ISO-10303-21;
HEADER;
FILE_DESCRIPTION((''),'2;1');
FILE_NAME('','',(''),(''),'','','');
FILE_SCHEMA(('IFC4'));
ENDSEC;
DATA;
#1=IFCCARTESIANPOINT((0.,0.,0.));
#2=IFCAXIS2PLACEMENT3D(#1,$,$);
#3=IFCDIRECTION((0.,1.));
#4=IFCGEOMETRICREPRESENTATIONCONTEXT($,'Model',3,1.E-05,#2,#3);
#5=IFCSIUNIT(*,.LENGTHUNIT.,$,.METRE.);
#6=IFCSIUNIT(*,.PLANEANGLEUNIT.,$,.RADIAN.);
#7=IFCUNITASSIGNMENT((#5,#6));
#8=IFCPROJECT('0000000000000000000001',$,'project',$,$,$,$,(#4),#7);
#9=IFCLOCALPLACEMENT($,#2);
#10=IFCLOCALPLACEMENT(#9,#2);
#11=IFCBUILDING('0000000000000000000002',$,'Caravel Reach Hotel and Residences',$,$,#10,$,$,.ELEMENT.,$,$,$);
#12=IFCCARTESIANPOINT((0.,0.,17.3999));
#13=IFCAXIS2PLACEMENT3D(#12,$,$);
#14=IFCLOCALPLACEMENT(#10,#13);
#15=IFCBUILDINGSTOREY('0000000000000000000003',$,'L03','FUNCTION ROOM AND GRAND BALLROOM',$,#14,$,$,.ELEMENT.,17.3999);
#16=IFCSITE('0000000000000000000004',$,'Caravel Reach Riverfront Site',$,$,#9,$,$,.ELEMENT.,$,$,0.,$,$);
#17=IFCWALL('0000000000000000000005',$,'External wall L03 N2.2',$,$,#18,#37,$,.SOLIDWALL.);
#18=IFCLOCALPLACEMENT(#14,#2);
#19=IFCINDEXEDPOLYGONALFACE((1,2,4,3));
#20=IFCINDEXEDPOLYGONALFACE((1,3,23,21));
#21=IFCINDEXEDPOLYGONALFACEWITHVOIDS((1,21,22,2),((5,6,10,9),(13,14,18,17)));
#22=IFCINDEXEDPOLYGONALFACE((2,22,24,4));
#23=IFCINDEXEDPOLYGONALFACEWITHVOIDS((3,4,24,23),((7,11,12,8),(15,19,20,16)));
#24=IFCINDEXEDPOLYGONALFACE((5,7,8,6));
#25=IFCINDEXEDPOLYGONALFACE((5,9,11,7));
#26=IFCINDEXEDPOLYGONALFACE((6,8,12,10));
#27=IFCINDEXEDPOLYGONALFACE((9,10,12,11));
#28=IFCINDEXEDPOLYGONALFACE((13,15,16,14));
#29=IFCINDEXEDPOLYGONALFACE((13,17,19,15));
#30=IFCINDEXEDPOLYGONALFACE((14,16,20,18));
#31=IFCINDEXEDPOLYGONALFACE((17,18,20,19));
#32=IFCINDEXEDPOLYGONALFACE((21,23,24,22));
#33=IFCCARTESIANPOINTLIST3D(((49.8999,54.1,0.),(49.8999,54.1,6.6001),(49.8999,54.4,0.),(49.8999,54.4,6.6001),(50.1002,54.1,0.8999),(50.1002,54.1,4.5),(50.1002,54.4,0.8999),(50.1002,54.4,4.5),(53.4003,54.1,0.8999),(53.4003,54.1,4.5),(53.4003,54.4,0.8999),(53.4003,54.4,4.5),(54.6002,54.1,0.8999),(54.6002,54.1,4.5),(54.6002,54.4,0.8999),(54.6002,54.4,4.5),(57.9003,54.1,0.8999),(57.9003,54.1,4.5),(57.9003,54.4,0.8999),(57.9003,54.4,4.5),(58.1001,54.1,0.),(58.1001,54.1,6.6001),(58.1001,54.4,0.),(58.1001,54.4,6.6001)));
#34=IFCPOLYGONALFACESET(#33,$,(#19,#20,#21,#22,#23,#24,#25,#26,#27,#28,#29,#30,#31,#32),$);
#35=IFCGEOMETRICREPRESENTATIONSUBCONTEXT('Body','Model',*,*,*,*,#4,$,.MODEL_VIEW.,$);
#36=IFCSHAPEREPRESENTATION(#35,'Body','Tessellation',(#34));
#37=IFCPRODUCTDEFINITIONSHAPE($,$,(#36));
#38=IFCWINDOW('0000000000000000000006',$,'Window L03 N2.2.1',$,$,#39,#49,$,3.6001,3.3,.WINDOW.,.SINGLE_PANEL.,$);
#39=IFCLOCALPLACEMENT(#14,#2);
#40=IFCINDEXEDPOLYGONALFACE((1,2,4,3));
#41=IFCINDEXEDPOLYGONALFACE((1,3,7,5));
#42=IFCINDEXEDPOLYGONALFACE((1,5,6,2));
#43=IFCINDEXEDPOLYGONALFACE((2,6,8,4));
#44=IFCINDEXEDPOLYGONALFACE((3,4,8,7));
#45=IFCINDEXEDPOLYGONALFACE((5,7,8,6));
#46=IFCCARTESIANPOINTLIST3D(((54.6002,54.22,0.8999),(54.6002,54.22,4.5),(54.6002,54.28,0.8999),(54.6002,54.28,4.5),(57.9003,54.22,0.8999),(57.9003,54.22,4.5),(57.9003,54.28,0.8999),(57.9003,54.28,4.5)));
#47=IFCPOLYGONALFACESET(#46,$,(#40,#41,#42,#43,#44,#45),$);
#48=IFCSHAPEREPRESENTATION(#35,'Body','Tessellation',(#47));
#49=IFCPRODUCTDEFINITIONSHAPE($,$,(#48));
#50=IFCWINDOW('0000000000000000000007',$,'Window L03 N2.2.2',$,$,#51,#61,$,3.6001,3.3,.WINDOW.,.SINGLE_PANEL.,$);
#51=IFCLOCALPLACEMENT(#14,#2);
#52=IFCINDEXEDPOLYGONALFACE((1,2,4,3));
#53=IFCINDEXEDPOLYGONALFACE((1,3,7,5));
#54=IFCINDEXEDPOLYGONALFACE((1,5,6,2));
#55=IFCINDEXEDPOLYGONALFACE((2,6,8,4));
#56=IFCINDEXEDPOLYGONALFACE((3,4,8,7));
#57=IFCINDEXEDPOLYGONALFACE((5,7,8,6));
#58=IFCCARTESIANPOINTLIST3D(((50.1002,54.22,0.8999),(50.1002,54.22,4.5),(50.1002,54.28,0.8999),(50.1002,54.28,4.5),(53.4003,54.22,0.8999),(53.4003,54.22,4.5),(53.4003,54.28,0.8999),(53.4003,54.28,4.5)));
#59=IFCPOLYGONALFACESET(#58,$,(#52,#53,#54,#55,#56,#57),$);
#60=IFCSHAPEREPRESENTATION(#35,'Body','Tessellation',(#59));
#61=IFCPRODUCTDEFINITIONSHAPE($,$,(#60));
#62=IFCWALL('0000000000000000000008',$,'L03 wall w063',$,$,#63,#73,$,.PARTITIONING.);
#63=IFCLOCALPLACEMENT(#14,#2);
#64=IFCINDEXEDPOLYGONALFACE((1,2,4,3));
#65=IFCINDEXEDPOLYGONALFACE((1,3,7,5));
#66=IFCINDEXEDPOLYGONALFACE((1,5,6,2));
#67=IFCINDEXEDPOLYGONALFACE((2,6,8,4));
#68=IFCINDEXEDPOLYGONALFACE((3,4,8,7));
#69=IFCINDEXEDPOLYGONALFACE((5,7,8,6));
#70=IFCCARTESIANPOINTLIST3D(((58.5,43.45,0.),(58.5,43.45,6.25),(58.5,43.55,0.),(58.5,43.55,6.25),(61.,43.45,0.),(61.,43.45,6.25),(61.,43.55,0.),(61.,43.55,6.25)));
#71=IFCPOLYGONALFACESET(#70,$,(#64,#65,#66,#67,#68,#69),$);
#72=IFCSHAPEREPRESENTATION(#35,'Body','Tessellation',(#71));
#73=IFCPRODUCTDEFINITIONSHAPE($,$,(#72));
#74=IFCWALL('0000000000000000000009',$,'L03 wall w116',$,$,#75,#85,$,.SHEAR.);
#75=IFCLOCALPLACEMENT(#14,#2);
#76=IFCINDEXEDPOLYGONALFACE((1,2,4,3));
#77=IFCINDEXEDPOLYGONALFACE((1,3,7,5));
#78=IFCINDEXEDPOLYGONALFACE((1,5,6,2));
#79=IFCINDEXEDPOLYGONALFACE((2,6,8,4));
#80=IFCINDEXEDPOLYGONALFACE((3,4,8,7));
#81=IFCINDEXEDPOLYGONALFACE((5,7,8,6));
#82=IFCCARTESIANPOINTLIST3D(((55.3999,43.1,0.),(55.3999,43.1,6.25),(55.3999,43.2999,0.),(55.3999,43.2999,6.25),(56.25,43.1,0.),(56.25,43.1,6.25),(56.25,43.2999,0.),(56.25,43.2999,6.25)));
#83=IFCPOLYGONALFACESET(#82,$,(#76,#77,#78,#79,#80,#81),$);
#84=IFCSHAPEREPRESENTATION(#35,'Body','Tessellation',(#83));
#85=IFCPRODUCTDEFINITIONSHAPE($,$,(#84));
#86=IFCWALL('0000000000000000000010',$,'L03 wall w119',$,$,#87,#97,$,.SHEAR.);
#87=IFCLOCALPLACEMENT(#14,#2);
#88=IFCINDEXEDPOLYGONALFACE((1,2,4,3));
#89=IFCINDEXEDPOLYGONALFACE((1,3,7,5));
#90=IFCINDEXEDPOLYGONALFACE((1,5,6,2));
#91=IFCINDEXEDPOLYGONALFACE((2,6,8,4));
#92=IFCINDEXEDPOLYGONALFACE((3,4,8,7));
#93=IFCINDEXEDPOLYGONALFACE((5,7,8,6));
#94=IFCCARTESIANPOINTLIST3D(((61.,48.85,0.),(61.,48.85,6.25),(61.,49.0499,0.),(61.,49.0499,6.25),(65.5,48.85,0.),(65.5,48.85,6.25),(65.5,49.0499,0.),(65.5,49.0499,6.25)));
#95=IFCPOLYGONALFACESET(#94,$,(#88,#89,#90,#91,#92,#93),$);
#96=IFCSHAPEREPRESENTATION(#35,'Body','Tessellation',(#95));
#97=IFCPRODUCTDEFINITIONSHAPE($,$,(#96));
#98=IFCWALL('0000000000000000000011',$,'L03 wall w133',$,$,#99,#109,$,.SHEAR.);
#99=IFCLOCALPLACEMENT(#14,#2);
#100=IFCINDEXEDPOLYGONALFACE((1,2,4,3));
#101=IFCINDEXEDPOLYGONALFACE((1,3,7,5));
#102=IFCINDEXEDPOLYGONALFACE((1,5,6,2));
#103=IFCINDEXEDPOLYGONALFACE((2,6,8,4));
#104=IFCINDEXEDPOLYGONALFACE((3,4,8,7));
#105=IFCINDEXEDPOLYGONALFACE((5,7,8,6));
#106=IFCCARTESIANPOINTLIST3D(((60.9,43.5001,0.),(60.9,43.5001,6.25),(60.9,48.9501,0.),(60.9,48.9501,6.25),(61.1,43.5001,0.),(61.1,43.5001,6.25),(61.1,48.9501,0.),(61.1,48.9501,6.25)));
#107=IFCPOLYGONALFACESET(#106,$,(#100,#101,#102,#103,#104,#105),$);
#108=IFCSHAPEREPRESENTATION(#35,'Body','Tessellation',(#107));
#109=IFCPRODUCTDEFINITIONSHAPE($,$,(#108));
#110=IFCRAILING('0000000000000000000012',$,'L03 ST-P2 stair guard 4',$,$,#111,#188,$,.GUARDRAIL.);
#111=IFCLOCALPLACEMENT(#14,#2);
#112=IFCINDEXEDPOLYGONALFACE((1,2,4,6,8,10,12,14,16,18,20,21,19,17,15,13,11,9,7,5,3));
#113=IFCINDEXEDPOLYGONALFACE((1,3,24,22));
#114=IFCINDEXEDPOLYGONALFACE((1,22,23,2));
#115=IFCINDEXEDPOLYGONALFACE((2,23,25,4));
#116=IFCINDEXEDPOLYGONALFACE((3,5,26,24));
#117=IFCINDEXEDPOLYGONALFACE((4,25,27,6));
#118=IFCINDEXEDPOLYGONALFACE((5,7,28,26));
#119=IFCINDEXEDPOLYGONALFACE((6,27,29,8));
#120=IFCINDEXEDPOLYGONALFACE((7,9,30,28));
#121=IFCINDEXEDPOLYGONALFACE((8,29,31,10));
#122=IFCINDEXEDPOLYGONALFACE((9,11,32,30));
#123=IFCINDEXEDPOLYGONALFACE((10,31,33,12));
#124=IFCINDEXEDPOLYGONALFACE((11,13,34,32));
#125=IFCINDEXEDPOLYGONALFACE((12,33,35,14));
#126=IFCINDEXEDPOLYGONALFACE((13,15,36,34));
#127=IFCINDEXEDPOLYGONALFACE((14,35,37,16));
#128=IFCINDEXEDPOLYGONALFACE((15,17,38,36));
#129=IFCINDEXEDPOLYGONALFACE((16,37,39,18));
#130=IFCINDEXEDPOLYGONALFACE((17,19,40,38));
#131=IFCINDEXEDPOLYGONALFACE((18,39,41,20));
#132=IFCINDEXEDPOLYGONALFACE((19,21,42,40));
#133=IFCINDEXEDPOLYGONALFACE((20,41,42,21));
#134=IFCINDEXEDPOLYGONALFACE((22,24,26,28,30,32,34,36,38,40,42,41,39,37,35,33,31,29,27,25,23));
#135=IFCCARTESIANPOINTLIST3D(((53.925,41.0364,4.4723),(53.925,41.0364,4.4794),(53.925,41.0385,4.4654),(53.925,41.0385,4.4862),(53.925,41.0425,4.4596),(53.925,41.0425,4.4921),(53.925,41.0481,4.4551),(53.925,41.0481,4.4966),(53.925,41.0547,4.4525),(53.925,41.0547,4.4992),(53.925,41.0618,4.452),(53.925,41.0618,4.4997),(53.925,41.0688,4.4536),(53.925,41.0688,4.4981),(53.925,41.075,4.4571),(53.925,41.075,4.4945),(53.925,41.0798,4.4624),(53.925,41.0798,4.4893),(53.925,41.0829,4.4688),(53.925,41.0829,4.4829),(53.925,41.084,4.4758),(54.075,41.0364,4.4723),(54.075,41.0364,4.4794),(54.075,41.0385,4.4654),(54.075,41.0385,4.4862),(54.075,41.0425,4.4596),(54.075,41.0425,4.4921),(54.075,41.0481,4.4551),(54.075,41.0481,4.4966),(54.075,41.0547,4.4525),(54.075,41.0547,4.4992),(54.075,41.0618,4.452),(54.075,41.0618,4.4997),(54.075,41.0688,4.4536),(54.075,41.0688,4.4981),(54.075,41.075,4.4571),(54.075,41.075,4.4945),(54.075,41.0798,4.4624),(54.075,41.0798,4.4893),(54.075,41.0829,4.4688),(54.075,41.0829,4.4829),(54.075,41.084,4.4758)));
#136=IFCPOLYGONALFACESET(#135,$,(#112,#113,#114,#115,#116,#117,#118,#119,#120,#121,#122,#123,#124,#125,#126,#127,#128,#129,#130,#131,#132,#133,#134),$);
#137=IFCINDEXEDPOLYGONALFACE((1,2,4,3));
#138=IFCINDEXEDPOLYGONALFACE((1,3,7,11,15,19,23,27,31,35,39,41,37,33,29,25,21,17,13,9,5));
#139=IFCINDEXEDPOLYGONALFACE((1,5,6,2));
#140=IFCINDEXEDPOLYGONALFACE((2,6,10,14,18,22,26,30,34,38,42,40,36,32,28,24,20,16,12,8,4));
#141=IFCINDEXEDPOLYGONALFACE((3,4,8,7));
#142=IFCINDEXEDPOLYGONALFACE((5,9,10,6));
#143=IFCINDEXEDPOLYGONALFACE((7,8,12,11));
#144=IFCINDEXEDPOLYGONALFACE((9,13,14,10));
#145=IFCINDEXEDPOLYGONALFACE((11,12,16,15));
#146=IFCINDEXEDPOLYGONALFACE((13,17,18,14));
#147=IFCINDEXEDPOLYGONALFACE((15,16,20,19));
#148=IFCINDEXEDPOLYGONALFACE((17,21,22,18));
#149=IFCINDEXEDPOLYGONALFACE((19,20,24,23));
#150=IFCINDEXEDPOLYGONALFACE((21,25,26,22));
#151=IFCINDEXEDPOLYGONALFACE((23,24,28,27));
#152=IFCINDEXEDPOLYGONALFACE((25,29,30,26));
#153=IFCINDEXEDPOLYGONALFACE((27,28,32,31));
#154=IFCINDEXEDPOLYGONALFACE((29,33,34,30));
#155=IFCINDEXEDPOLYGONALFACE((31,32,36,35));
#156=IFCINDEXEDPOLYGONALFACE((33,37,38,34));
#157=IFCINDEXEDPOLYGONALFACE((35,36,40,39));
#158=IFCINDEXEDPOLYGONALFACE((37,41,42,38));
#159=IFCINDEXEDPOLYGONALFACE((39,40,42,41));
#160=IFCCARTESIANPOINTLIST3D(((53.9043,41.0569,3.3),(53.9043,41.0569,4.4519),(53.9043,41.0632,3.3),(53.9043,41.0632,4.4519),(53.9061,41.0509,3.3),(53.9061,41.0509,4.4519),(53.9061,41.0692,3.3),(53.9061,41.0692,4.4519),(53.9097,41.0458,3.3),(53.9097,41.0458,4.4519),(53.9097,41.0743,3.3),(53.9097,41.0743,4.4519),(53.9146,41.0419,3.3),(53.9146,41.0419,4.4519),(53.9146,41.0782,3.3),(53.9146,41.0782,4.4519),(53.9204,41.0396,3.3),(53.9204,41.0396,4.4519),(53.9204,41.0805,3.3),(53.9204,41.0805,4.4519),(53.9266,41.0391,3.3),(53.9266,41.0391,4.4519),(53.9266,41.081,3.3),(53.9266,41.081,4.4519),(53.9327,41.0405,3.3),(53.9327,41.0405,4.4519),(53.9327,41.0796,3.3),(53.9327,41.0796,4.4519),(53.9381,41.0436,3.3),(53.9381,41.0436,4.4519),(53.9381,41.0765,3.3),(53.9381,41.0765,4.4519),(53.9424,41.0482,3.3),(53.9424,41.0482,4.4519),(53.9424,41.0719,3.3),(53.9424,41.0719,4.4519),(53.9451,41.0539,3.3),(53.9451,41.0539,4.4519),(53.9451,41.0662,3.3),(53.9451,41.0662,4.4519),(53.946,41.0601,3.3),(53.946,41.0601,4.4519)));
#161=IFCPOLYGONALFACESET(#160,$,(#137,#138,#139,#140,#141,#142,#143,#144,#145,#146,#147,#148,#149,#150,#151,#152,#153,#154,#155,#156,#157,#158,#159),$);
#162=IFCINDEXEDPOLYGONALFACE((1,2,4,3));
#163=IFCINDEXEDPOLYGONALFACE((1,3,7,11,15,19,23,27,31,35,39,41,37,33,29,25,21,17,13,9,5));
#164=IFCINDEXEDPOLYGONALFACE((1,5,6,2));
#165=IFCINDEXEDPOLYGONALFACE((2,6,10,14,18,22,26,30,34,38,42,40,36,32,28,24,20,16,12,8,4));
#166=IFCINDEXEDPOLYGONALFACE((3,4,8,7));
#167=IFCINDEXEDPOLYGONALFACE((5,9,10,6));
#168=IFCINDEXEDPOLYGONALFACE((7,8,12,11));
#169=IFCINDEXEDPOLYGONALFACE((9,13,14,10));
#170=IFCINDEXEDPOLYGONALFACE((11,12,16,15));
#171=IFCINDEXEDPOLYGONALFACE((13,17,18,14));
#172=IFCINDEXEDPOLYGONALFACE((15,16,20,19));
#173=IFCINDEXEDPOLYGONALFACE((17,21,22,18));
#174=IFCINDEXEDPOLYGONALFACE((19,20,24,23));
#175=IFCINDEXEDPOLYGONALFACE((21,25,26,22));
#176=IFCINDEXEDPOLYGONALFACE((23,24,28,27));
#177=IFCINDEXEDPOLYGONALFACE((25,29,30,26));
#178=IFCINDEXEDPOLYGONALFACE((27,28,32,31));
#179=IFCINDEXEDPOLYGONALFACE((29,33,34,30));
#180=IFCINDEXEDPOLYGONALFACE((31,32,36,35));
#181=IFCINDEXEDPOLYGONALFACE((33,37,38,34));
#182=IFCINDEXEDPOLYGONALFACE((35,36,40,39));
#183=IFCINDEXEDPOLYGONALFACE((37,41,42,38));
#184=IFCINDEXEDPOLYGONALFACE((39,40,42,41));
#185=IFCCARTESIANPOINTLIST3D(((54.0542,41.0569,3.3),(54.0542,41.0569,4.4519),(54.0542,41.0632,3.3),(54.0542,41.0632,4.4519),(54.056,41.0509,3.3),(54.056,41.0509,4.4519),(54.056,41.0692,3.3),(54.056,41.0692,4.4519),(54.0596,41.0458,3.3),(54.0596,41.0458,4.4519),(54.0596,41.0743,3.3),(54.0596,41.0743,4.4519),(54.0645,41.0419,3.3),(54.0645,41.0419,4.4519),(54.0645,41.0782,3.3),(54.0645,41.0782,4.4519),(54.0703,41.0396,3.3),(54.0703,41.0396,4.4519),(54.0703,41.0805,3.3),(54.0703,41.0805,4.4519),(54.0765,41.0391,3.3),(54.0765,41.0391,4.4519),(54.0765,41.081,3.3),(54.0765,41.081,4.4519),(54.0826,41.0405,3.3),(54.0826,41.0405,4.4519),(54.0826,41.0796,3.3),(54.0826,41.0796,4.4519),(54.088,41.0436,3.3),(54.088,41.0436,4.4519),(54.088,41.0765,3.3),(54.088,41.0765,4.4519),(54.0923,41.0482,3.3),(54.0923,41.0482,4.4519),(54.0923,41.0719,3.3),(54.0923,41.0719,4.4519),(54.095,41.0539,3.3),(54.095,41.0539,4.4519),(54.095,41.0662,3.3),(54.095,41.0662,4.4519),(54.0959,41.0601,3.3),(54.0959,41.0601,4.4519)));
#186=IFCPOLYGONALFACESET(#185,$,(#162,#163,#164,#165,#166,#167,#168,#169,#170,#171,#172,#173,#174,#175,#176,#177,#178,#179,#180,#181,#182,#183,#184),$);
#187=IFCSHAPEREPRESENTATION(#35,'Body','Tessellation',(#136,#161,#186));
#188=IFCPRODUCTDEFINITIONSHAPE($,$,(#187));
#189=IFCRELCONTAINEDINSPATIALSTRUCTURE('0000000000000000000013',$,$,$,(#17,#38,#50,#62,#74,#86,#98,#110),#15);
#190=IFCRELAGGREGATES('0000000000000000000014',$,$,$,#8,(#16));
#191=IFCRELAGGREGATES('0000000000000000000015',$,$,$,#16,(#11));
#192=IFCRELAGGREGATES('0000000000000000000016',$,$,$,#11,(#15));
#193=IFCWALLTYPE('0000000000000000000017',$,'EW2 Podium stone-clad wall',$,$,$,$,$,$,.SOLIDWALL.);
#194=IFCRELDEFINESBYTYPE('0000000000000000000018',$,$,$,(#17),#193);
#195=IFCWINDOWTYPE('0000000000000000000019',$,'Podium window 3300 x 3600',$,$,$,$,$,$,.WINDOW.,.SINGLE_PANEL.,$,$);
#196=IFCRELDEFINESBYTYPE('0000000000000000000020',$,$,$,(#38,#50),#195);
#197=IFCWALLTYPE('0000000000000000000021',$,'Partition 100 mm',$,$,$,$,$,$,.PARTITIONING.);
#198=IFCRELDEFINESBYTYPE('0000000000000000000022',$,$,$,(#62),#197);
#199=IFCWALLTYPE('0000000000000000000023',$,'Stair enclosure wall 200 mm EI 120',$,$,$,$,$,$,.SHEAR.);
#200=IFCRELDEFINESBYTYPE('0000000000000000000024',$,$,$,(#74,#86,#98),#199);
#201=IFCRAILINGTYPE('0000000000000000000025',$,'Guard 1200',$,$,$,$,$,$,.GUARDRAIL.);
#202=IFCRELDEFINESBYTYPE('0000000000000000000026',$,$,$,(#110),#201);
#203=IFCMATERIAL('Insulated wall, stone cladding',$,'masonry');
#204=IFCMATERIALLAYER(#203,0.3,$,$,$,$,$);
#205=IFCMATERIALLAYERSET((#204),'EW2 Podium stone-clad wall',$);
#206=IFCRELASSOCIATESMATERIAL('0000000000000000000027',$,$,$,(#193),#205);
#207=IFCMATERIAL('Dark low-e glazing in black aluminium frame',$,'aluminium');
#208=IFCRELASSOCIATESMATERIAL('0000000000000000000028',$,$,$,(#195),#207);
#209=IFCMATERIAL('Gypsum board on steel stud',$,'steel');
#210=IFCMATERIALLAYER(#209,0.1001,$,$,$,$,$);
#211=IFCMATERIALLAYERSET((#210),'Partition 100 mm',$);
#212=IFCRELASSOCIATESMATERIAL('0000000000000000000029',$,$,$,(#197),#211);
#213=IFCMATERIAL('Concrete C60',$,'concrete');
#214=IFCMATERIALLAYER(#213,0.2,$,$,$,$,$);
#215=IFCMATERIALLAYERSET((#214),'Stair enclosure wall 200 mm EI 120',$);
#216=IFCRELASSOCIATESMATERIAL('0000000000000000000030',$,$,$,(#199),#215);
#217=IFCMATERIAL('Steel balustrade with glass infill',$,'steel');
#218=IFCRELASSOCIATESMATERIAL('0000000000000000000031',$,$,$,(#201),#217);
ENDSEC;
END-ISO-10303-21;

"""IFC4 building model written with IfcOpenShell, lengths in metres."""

from ifc_helpers import new_model, si_unit, direction, frame, frame_2d, origin, origin_2d, place, context, subcontext, project, spatial, rectangle, circle, extrude, material, layer, layer_set, type_object, element, fill, save


model = new_model("IFC4")

# Units and contexts
model_context = context("Model", 3, precision=1e-05, world=origin(), true_north=direction((0.0, 1.0)))
body_context = subcontext(model_context, "Body", "Model", "MODEL_VIEW")
ifc_project = project(units=[si_unit("LENGTHUNIT", "METRE"), si_unit("PLANEANGLEUNIT", "RADIAN")], contexts=[model_context])

# Site, building, storey
site_placement = place(None, origin())
site = spatial("IfcSite", under=ifc_project, at=site_placement, Name="Caravel Reach Riverfront Site", CompositionType="ELEMENT", RefElevation=0.0)
building_placement = place(site_placement, origin())
building = spatial("IfcBuilding", under=site, at=building_placement, Name="Caravel Reach Hotel and Residences", CompositionType="ELEMENT")
storey_placement = place(building_placement, frame((0.0, 0.0, 17.3999)))
storey = spatial("IfcBuildingStorey", under=building, at=storey_placement, Name="L03", Description="FUNCTION ROOM AND GRAND BALLROOM", CompositionType="ELEMENT", Elevation=17.3999)

# Wall, openings, windows
ifc_material_1 = material(Name="Insulated wall, stone cladding", Category="masonry")
ifc_layer_1 = layer(ifc_material_1, 0.3)
ifc_layer_set_1 = layer_set([ifc_layer_1], Name="EW2 Podium stone-clad wall")
wall_type_1 = type_object("IfcWallType", Name="EW2 Podium stone-clad wall", PredefinedType="SOLIDWALL", material=ifc_layer_set_1)
wall_1_placement = place(storey_placement, frame((58.1001, 54.25, 0.0), z_axis=(0.0, 0.0, 1.0), x_axis=(-1.0, 0.0, 0.0)))
wall_1 = element("IfcWall", 1, at=wall_1_placement, inside=storey, type_object=wall_type_1, Name="External wall L03 N2.2", PredefinedType="SOLIDWALL", context=body_context, shape_type="SweptSolid", body=[
    extrude(rectangle(XDim=8.2002, YDim=0.3, at=frame_2d((4.1001, 0.0))), origin(), (0.0, 0.0, 1.0), 6.6001),
])
opening_1_placement = place(wall_1_placement, frame((0.2, 0.0, 0.8999)))
opening_1 = element("IfcOpeningElement", 2, at=opening_1_placement, cuts=wall_1, PredefinedType="OPENING", context=body_context, shape_type="SweptSolid", body=[
    extrude(rectangle(XDim=3.3, YDim=3.6001, at=frame_2d((1.6499, 1.8))), frame((0.0, 0.1599, 0.0), z_axis=(0.0, -1.0, 0.0), x_axis=(1.0, 0.0, 0.0)), (0.0, 0.0, 1.0), 0.3201),
])
opening_2_placement = place(wall_1_placement, frame((4.7, 0.0, 0.8999)))
opening_2 = element("IfcOpeningElement", 3, at=opening_2_placement, cuts=wall_1, PredefinedType="OPENING", context=body_context, shape_type="SweptSolid", body=[
    extrude(rectangle(XDim=3.3, YDim=3.6001, at=frame_2d((1.6499, 1.8))), frame((0.0, 0.1599, 0.0), z_axis=(0.0, -1.0, 0.0), x_axis=(1.0, 0.0, 0.0)), (0.0, 0.0, 1.0), 0.3201),
])
ifc_material_2 = material(Name="Dark low-e glazing in black aluminium frame", Category="aluminium")
window_type = type_object("IfcWindowType", Name="Podium window 3300 x 3600", PartitioningType="SINGLE_PANEL", PredefinedType="WINDOW", material=ifc_material_2)
window_1_placement = place(opening_1_placement, origin())
window_1 = element("IfcWindow", 4, at=window_1_placement, inside=storey, type_object=window_type, Name="Window L03 N2.2.1", OverallHeight=3.6001, OverallWidth=3.3, PartitioningType="SINGLE_PANEL", PredefinedType="WINDOW", context=body_context, shape_type="SweptSolid", body=[
    extrude(rectangle(XDim=3.3, YDim=3.6001, at=frame_2d((1.6499, 1.8))), frame((0.0, 0.03, 0.0), z_axis=(0.0, -1.0, 0.0), x_axis=(1.0, 0.0, 0.0)), (0.0, 0.0, 1.0), 0.0601),
])
fill(opening_1, window_1)
window_2_placement = place(opening_2_placement, origin())
window_2 = element("IfcWindow", 5, at=window_2_placement, inside=storey, type_object=window_type, Name="Window L03 N2.2.2", OverallHeight=3.6001, OverallWidth=3.3, PartitioningType="SINGLE_PANEL", PredefinedType="WINDOW", context=body_context, shape_type="SweptSolid", body=[
    extrude(rectangle(XDim=3.3, YDim=3.6001, at=frame_2d((1.6499, 1.8))), frame((0.0, 0.03, 0.0), z_axis=(0.0, -1.0, 0.0), x_axis=(1.0, 0.0, 0.0)), (0.0, 0.0, 1.0), 0.0601),
])
fill(opening_2, window_2)

# Walls
ifc_material_3 = material(Name="Gypsum board on steel stud", Category="steel")
ifc_layer_2 = layer(ifc_material_3, 0.1001)
ifc_layer_set_2 = layer_set([ifc_layer_2], Name="Partition 100 mm")
wall_type_2 = type_object("IfcWallType", Name="Partition 100 mm", PredefinedType="PARTITIONING", material=ifc_layer_set_2)
wall_2_placement = place(storey_placement, frame((58.5, 43.5, 0.0), z_axis=(0.0, 0.0, 1.0), x_axis=(1.0, 0.0, 0.0)))
element("IfcWall", 6, at=wall_2_placement, inside=storey, type_object=wall_type_2, Name="L03 wall w063", PredefinedType="PARTITIONING", context=body_context, shape_type="SweptSolid", body=[
    extrude(rectangle(XDim=2.5, YDim=0.1001, at=frame_2d((1.25, 0.0))), origin(), (0.0, 0.0, 1.0), 6.25),
])
ifc_material_4 = material(Name="Concrete C60", Category="concrete")
ifc_layer_3 = layer(ifc_material_4, 0.2)
ifc_layer_set_3 = layer_set([ifc_layer_3], Name="Stair enclosure wall 200 mm EI 120")
wall_type_3 = type_object("IfcWallType", Name="Stair enclosure wall 200 mm EI 120", PredefinedType="SHEAR", material=ifc_layer_set_3)
wall_3_placement = place(storey_placement, frame((55.3999, 43.2, 0.0), z_axis=(0.0, 0.0, 1.0), x_axis=(1.0, 0.0, 0.0)))
element("IfcWall", 7, at=wall_3_placement, inside=storey, type_object=wall_type_3, Name="L03 wall w116", PredefinedType="SHEAR", context=body_context, shape_type="SweptSolid", body=[
    extrude(rectangle(XDim=0.8501, YDim=0.2, at=frame_2d((0.425, 0.0))), origin(), (0.0, 0.0, 1.0), 6.25),
])
wall_4_placement = place(storey_placement, frame((61.0, 48.95, 0.0), z_axis=(0.0, 0.0, 1.0), x_axis=(1.0, 0.0, 0.0)))
element("IfcWall", 8, at=wall_4_placement, inside=storey, type_object=wall_type_3, Name="L03 wall w119", PredefinedType="SHEAR", context=body_context, shape_type="SweptSolid", body=[
    extrude(rectangle(XDim=4.5, YDim=0.2, at=frame_2d((2.25, 0.0))), origin(), (0.0, 0.0, 1.0), 6.25),
])
wall_5_placement = place(storey_placement, frame((61.0, 43.5, 0.0), z_axis=(0.0, 0.0, 1.0), x_axis=(0.0, 1.0, 0.0)))
element("IfcWall", 9, at=wall_5_placement, inside=storey, type_object=wall_type_3, Name="L03 wall w133", PredefinedType="SHEAR", context=body_context, shape_type="SweptSolid", body=[
    extrude(rectangle(XDim=5.45, YDim=0.2, at=frame_2d((2.7251, 0.0))), origin(), (0.0, 0.0, 1.0), 6.25),
])

# Railing
ifc_material_5 = material(Name="Steel balustrade with glass infill", Category="steel")
railing_type_1 = type_object("IfcRailingType", Name="Guard 1200", PredefinedType="GUARDRAIL", material=ifc_material_5)
for number, where, name in (
    (10, (53.925, 41.0601, 3.3), "L03 ST-P2 stair guard 4"),
):
    element("IfcRailing", number, at=place(storey_placement, frame(where)), inside=storey, type_object=railing_type_1, Name=name, PredefinedType="GUARDRAIL", context=body_context, shape_type="SweptSolid", body=[
        extrude(circle(Radius=0.0239, at=origin_2d()), frame((0.0, 0.0, 1.1758), z_axis=(1.0, 0.0, 0.0), x_axis=(0.0, 1.0, 0.0)), (0.0, 0.0, 1.0), 0.1499),
        extrude(circle(Radius=0.021, at=origin_2d()), origin(), (0.0, 0.0, 1.0), 1.1519),
        extrude(circle(Radius=0.021, at=origin_2d()), frame((0.1499, 0.0, 0.0)), (0.0, 0.0, 1.0), 1.1519),
    ])

save(model, "model.ifc")
